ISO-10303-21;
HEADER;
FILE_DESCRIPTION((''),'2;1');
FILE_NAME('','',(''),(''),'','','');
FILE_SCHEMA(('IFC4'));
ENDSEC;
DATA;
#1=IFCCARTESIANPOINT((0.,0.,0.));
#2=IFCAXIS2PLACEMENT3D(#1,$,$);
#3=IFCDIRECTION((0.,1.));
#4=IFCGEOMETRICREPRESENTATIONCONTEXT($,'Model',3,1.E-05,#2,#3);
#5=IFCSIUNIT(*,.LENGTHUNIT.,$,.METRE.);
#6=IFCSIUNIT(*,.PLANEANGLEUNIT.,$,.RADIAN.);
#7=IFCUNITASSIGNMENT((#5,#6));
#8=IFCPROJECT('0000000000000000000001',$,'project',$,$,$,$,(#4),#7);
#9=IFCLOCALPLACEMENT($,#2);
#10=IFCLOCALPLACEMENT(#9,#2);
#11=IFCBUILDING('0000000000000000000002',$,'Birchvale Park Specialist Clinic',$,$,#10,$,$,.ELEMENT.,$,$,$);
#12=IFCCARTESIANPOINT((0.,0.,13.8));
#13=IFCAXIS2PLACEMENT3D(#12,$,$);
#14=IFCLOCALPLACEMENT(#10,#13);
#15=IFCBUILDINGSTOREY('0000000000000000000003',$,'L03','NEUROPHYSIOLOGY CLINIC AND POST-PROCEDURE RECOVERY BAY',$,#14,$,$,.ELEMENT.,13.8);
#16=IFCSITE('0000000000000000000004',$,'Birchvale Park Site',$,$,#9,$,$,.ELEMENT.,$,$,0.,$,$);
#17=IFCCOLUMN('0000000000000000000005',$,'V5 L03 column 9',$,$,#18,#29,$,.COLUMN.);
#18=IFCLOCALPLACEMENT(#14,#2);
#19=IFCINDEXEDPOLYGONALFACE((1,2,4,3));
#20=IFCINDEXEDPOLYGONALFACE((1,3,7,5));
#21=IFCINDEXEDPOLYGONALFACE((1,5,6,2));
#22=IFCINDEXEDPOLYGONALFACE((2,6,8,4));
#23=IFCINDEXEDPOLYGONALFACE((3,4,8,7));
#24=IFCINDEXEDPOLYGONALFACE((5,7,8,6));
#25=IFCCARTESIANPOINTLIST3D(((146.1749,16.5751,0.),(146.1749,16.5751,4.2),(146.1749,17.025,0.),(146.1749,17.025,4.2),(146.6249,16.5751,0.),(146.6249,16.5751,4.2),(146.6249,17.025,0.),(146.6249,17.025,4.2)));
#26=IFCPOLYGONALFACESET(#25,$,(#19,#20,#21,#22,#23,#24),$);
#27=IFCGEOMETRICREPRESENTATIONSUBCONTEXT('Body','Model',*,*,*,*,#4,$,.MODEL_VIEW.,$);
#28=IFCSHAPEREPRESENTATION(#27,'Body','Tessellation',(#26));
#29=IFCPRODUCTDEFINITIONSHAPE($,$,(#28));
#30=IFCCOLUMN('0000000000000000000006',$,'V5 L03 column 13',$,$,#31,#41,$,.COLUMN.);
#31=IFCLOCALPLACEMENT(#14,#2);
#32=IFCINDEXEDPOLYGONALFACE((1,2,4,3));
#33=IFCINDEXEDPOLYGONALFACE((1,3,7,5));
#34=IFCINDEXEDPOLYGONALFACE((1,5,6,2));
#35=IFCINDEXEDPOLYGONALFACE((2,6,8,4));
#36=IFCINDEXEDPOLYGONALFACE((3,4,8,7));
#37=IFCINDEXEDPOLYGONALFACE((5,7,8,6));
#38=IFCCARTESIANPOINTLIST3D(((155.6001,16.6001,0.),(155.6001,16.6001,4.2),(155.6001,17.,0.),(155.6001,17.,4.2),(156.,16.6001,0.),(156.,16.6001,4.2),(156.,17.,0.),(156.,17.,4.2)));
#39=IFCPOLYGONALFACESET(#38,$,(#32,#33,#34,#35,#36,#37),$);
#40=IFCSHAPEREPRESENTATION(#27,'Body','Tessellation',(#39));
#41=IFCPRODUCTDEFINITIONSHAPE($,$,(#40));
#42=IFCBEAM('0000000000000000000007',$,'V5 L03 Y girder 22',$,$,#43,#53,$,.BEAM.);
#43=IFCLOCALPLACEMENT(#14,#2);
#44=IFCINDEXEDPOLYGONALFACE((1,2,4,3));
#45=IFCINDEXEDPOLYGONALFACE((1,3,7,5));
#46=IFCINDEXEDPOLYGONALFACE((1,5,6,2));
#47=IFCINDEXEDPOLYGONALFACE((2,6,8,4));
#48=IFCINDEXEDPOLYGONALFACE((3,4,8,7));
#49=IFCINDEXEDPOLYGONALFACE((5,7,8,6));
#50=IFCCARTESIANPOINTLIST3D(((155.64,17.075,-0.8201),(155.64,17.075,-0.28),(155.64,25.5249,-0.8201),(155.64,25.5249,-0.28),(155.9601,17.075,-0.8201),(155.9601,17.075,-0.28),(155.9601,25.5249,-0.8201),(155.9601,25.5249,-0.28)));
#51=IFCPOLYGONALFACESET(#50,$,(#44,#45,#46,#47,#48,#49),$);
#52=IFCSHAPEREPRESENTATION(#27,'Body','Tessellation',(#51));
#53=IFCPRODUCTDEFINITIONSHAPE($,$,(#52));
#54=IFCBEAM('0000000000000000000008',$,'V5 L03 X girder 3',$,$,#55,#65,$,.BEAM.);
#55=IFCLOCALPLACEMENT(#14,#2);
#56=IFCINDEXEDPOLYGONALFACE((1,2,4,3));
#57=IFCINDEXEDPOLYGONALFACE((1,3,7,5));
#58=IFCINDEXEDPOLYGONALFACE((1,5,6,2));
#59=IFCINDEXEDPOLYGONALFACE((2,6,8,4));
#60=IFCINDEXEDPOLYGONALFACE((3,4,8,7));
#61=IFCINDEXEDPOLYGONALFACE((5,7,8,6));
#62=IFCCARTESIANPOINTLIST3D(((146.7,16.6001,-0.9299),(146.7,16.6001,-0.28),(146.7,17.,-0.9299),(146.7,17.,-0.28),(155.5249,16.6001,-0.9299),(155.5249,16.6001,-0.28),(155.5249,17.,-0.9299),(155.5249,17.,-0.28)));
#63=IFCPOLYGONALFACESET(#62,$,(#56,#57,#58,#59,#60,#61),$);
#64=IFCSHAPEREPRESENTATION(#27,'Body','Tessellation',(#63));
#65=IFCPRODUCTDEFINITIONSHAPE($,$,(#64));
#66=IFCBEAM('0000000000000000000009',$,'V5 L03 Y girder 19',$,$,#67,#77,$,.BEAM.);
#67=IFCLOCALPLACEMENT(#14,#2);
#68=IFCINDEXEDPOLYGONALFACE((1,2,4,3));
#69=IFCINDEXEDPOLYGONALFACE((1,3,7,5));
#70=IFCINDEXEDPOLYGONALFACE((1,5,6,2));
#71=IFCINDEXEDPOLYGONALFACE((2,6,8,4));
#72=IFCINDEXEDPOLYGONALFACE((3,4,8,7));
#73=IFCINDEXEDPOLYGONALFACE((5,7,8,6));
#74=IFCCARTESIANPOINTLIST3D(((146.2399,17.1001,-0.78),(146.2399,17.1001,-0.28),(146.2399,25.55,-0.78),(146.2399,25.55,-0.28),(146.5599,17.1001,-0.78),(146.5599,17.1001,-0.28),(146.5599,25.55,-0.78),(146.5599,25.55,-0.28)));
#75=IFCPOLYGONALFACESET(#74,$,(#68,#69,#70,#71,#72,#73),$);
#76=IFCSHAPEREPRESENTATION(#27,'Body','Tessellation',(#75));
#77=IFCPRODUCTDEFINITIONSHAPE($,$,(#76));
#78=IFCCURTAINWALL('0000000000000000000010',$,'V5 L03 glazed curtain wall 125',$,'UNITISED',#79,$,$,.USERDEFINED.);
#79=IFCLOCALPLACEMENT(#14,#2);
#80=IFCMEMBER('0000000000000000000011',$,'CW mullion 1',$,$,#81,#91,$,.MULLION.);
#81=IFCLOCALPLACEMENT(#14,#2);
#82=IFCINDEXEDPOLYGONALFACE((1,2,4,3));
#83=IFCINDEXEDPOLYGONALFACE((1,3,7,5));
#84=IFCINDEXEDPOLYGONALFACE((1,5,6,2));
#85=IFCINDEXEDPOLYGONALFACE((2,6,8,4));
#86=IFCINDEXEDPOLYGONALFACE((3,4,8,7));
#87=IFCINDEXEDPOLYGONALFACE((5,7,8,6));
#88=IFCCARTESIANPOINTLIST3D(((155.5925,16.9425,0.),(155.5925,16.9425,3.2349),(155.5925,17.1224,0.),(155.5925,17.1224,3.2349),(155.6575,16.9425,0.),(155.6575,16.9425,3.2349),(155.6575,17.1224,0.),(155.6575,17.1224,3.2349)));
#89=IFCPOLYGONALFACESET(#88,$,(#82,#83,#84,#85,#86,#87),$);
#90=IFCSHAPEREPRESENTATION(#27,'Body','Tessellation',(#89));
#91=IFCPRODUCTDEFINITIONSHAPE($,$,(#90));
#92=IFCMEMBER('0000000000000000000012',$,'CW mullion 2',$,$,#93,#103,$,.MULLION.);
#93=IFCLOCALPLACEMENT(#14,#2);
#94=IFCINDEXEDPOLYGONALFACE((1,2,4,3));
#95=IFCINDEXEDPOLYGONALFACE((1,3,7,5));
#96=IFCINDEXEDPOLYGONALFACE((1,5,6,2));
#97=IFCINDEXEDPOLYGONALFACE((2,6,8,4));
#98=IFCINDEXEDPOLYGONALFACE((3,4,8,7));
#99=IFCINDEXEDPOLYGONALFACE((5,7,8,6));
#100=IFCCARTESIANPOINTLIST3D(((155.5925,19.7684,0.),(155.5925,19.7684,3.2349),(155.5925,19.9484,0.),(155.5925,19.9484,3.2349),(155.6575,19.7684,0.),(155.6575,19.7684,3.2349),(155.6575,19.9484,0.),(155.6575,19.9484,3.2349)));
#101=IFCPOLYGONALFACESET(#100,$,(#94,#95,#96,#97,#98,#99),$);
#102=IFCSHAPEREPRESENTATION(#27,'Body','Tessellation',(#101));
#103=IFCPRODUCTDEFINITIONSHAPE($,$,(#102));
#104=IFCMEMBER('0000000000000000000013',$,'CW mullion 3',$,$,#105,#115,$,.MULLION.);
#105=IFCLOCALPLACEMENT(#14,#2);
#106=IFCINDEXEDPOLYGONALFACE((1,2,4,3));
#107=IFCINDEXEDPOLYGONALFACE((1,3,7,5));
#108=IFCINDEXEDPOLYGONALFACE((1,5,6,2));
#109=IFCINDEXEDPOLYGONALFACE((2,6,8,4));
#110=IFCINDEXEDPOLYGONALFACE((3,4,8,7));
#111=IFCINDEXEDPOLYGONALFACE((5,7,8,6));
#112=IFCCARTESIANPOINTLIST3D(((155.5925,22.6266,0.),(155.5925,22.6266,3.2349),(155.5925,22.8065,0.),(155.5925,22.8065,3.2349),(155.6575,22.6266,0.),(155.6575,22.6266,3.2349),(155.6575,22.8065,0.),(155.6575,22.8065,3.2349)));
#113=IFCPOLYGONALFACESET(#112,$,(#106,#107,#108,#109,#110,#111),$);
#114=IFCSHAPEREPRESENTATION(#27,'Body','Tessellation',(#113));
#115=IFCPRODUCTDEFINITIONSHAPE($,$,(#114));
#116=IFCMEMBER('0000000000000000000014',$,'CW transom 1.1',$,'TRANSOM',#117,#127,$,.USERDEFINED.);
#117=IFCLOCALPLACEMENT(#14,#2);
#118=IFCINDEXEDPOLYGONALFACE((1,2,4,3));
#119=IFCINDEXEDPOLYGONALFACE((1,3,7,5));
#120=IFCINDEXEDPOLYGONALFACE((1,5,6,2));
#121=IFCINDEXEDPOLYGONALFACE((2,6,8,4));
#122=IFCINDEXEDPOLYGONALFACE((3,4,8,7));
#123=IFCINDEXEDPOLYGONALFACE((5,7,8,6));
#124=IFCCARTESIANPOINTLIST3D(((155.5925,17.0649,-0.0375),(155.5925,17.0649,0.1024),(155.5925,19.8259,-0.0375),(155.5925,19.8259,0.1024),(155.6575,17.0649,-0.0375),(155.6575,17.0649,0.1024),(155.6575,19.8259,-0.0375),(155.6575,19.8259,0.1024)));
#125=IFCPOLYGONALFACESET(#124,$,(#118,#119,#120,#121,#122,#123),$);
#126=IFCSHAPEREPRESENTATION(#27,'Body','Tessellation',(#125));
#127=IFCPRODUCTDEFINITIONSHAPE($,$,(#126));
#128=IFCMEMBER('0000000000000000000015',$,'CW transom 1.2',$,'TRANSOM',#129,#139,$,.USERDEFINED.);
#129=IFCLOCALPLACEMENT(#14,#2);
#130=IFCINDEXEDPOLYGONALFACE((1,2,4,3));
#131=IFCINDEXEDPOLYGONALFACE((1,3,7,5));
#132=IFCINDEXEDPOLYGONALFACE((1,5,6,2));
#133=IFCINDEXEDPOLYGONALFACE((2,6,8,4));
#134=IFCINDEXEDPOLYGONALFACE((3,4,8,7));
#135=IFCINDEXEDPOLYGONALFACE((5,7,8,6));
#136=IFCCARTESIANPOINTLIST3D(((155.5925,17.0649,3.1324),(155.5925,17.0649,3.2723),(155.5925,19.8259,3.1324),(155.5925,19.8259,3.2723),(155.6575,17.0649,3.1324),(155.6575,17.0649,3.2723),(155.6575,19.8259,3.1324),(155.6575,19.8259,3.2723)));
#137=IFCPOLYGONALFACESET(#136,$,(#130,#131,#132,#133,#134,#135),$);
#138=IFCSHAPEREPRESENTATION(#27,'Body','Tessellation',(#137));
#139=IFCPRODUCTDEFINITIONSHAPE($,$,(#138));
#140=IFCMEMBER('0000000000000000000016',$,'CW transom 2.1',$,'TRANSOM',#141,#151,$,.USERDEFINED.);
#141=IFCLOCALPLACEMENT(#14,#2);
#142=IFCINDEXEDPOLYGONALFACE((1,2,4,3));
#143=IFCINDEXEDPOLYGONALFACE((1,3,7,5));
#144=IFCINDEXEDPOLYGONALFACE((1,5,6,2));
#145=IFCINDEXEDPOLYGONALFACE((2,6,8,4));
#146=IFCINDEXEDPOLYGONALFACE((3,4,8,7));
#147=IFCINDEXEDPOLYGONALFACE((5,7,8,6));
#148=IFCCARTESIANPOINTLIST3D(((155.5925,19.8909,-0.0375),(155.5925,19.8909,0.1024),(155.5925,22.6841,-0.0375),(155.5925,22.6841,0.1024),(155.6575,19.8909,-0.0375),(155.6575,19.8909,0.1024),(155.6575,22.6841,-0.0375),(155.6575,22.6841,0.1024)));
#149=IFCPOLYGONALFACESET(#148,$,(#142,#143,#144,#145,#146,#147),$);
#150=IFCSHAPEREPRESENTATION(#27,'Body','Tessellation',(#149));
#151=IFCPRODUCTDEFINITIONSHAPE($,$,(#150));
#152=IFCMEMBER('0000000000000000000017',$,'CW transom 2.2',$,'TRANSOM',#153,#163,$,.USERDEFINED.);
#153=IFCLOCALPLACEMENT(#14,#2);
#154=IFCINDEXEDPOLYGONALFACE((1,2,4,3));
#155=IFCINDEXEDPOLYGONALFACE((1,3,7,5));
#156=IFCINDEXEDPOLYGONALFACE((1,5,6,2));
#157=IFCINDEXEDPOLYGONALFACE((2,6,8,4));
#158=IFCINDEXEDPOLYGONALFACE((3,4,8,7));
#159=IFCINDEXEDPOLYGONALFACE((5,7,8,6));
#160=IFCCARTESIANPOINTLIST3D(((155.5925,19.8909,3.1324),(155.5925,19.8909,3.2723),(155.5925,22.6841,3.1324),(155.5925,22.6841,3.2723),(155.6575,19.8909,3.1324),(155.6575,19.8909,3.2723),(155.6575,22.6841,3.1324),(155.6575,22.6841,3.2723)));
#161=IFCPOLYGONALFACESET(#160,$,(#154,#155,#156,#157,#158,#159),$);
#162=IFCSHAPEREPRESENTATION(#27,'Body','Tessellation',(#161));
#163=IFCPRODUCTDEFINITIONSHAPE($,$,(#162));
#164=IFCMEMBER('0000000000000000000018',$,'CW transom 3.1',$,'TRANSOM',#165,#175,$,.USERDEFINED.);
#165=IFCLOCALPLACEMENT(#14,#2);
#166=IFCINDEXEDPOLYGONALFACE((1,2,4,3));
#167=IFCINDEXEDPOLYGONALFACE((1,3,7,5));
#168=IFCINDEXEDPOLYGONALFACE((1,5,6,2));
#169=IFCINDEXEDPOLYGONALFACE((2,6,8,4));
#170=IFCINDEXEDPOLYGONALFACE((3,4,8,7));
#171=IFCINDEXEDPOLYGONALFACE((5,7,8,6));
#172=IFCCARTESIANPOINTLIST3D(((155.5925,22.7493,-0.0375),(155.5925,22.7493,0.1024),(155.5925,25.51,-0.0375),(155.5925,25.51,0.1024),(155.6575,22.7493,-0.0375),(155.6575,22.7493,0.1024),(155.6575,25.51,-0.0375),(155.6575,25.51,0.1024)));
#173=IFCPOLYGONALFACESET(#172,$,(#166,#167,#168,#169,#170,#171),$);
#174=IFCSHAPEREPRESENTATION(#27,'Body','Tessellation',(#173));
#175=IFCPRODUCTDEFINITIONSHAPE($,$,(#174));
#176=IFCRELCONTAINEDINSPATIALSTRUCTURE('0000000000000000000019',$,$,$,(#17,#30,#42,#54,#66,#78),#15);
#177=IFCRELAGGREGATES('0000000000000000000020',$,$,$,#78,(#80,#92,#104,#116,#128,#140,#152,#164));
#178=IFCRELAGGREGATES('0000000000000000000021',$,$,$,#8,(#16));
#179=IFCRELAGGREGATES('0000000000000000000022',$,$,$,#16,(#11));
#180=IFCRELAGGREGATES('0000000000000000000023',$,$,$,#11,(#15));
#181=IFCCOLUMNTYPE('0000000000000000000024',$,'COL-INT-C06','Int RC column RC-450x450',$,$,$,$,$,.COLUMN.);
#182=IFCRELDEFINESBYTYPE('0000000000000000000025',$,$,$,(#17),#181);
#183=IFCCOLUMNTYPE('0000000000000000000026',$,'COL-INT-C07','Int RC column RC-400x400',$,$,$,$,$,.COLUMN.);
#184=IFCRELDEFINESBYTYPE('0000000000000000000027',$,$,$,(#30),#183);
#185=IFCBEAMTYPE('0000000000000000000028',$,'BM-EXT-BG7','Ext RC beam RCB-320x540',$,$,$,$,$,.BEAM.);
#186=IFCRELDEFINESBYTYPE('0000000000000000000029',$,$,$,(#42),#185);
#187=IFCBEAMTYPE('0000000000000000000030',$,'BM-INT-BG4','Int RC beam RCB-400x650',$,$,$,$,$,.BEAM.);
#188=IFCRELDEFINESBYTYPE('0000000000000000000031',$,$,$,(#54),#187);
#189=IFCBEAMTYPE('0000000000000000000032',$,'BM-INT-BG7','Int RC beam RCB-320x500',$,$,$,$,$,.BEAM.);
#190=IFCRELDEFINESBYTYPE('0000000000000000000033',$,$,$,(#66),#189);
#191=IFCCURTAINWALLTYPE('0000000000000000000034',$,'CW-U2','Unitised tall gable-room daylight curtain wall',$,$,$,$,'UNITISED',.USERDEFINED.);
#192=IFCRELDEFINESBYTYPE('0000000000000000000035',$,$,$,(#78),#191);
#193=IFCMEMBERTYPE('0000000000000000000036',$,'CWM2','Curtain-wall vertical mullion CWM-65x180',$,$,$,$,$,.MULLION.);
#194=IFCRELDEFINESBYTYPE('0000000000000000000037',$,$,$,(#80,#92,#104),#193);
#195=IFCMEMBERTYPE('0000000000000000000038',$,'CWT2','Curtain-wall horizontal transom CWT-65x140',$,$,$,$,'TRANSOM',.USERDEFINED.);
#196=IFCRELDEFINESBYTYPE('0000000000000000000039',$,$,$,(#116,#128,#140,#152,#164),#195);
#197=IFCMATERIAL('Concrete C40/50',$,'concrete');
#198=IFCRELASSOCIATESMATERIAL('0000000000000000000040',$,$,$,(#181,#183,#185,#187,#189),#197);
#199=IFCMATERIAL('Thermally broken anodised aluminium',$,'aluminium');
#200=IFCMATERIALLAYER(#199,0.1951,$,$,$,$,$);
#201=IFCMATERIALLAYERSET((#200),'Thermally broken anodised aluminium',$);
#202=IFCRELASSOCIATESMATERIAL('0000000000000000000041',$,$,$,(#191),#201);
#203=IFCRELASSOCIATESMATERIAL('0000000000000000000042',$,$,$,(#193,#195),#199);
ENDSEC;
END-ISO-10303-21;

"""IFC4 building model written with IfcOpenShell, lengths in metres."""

from ifc_helpers import new_model, si_unit, direction, frame, origin, origin_2d, place, context, subcontext, project, spatial, rectangle, extrude, material, layer, layer_set, material_profile, profile_set, type_object, element, aggregate, save


model = new_model("IFC4")

# Units and contexts
model_context = context("Model", 3, precision=1e-05, world=origin(), true_north=direction((0.0, 1.0)))
body_context = subcontext(model_context, "Body", "Model", "MODEL_VIEW")
ifc_project = project(units=[si_unit("LENGTHUNIT", "METRE"), si_unit("PLANEANGLEUNIT", "RADIAN")], contexts=[model_context])

# Site, building, storey
site_placement = place(None, origin())
site = spatial("IfcSite", under=ifc_project, at=site_placement, Name="Birchvale Park Site", CompositionType="ELEMENT", RefElevation=0.0)
building_placement = place(site_placement, origin())
building = spatial("IfcBuilding", under=site, at=building_placement, Name="Birchvale Park Specialist Clinic", CompositionType="ELEMENT")
storey_placement = place(building_placement, frame((0.0, 0.0, 13.8)))
storey = spatial("IfcBuildingStorey", under=building, at=storey_placement, Name="L03", Description="NEUROPHYSIOLOGY CLINIC AND POST-PROCEDURE RECOVERY BAY", CompositionType="ELEMENT", Elevation=13.8)

# Columns
ifc_material_1 = material(Name="Concrete C40/50", Category="concrete")
ifc_material_profile_1 = material_profile(ifc_material_1, rectangle(XDim=0.45, YDim=0.45, at=origin_2d()), Name="RC-450x450")
ifc_profile_set_1 = profile_set([ifc_material_profile_1], Name="Concrete C40/50")
column_type_1 = type_object("IfcColumnType", Name="COL-INT-C06", Description="Int RC column RC-450x450", PredefinedType="COLUMN", material=ifc_profile_set_1)
column_1_placement = place(storey_placement, frame((146.3999, 16.8, 0.0), z_axis=(0.0, 0.0, 1.0), x_axis=(1.0, 0.0, 0.0)))
element("IfcColumn", 1, at=column_1_placement, inside=storey, type_object=column_type_1, Name="V5 L03 column 9", PredefinedType="COLUMN", context=body_context, shape_type="SweptSolid", body=[
    extrude(rectangle(XDim=0.45, YDim=0.45, at=origin_2d()), origin(), (0.0, 0.0, 1.0), 4.2),
])
ifc_material_profile_2 = material_profile(ifc_material_1, rectangle(XDim=0.3999, YDim=0.3999, at=origin_2d()), Name="RC-400x400")
ifc_profile_set_2 = profile_set([ifc_material_profile_2], Name="Concrete C40/50")
column_type_2 = type_object("IfcColumnType", Name="COL-INT-C07", Description="Int RC column RC-400x400", PredefinedType="COLUMN", material=ifc_profile_set_2)
column_2_placement = place(storey_placement, frame((155.8, 16.8, 0.0), z_axis=(0.0, 0.0, 1.0), x_axis=(1.0, 0.0, 0.0)))
element("IfcColumn", 2, at=column_2_placement, inside=storey, type_object=column_type_2, Name="V5 L03 column 13", PredefinedType="COLUMN", context=body_context, shape_type="SweptSolid", body=[
    extrude(rectangle(XDim=0.3999, YDim=0.3999, at=origin_2d()), origin(), (0.0, 0.0, 1.0), 4.2),
])

# Beams
ifc_material_profile_3 = material_profile(ifc_material_1, rectangle(XDim=0.3201, YDim=0.54, at=origin_2d()), Name="RCB-320x540")
ifc_profile_set_3 = profile_set([ifc_material_profile_3], Name="Concrete C40/50")
beam_type_1 = type_object("IfcBeamType", Name="BM-EXT-BG7", Description="Ext RC beam RCB-320x540", PredefinedType="BEAM", material=ifc_profile_set_3)
beam_1_placement = place(storey_placement, frame((155.8, 17.075, -0.55), z_axis=(0.0, 1.0, 0.0), x_axis=(-1.0, 0.0, 0.0)))
element("IfcBeam", 3, at=beam_1_placement, inside=storey, type_object=beam_type_1, Name="V5 L03 Y girder 22", PredefinedType="BEAM", context=body_context, shape_type="SweptSolid", body=[
    extrude(rectangle(XDim=0.3201, YDim=0.54, at=origin_2d()), origin(), (0.0, 0.0, 1.0), 8.45),
])
ifc_material_profile_4 = material_profile(ifc_material_1, rectangle(XDim=0.3999, YDim=0.6499, at=origin_2d()), Name="RCB-400x650")
ifc_profile_set_4 = profile_set([ifc_material_profile_4], Name="Concrete C40/50")
beam_type_2 = type_object("IfcBeamType", Name="BM-INT-BG4", Description="Int RC beam RCB-400x650", PredefinedType="BEAM", material=ifc_profile_set_4)
beam_2_placement = place(storey_placement, frame((146.7, 16.8, -0.605), z_axis=(1.0, 0.0, 0.0), x_axis=(0.0, 1.0, 0.0)))
element("IfcBeam", 4, at=beam_2_placement, inside=storey, type_object=beam_type_2, Name="V5 L03 X girder 3", PredefinedType="BEAM", context=body_context, shape_type="SweptSolid", body=[
    extrude(rectangle(XDim=0.3999, YDim=0.6499, at=origin_2d()), origin(), (0.0, 0.0, 1.0), 8.825),
])
ifc_material_profile_5 = material_profile(ifc_material_1, rectangle(XDim=0.3201, YDim=0.5, at=origin_2d()), Name="RCB-320x500")
ifc_profile_set_5 = profile_set([ifc_material_profile_5], Name="Concrete C40/50")
beam_type_3 = type_object("IfcBeamType", Name="BM-INT-BG7", Description="Int RC beam RCB-320x500", PredefinedType="BEAM", material=ifc_profile_set_5)
beam_3_placement = place(storey_placement, frame((146.3999, 17.1001, -0.53), z_axis=(0.0, 1.0, 0.0), x_axis=(-1.0, 0.0, 0.0)))
element("IfcBeam", 5, at=beam_3_placement, inside=storey, type_object=beam_type_3, Name="V5 L03 Y girder 19", PredefinedType="BEAM", context=body_context, shape_type="SweptSolid", body=[
    extrude(rectangle(XDim=0.3201, YDim=0.5, at=origin_2d()), origin(), (0.0, 0.0, 1.0), 8.45),
])

# Curtain wall, members
ifc_material_2 = material(Name="Thermally broken anodised aluminium", Category="aluminium")
ifc_layer_1 = layer(ifc_material_2, 0.1951)
ifc_layer_set_1 = layer_set([ifc_layer_1], Name="Thermally broken anodised aluminium")
curtain_wall_type = type_object("IfcCurtainWallType", Name="CW-U2", Description="Unitised tall gable-room daylight curtain wall", ElementType="UNITISED", PredefinedType="USERDEFINED", material=ifc_layer_set_1)
curtain_wall_placement = place(storey_placement, origin())
curtain_wall = element("IfcCurtainWall", 6, at=curtain_wall_placement, inside=storey, type_object=curtain_wall_type, Name="V5 L03 glazed curtain wall 125", ObjectType="UNITISED", PredefinedType="USERDEFINED")
ifc_material_profile_6 = material_profile(ifc_material_2, rectangle(XDim=0.0649, YDim=0.1799, at=origin_2d()), Name="CWM-65x180")
ifc_profile_set_6 = profile_set([ifc_material_profile_6], Name="Thermally broken anodised aluminium")
member_type_1 = type_object("IfcMemberType", Name="CWM2", Description="Curtain-wall vertical mullion CWM-65x180", PredefinedType="MULLION", material=ifc_profile_set_6)
member_1_placement = place(storey_placement, frame((155.625, 17.0325, 0.0), z_axis=(0.0, 0.0, 1.0), x_axis=(-1.0, 0.0, 0.0)))
member_1 = element("IfcMember", 7, at=member_1_placement, type_object=member_type_1, Name="CW mullion 1", PredefinedType="MULLION", context=body_context, shape_type="SweptSolid", body=[
    extrude(rectangle(XDim=0.0649, YDim=0.1799, at=origin_2d()), origin(), (0.0, 0.0, 1.0), 3.2349),
])
member_2_placement = place(storey_placement, frame((155.625, 19.8584, 0.0), z_axis=(0.0, 0.0, 1.0), x_axis=(-1.0, 0.0, 0.0)))
member_2 = element("IfcMember", 8, at=member_2_placement, type_object=member_type_1, Name="CW mullion 2", PredefinedType="MULLION", context=body_context, shape_type="SweptSolid", body=[
    extrude(rectangle(XDim=0.0649, YDim=0.1799, at=origin_2d()), origin(), (0.0, 0.0, 1.0), 3.2349),
])
member_3_placement = place(storey_placement, frame((155.625, 22.7166, 0.0), z_axis=(0.0, 0.0, 1.0), x_axis=(-1.0, 0.0, 0.0)))
member_3 = element("IfcMember", 9, at=member_3_placement, type_object=member_type_1, Name="CW mullion 3", PredefinedType="MULLION", context=body_context, shape_type="SweptSolid", body=[
    extrude(rectangle(XDim=0.0649, YDim=0.1799, at=origin_2d()), origin(), (0.0, 0.0, 1.0), 3.2349),
])
ifc_material_profile_7 = material_profile(ifc_material_2, rectangle(XDim=0.0649, YDim=0.1399, at=origin_2d()), Name="CWT-65x140")
ifc_profile_set_7 = profile_set([ifc_material_profile_7], Name="Thermally broken anodised aluminium")
member_type_2 = type_object("IfcMemberType", Name="CWT2", Description="Curtain-wall horizontal transom CWT-65x140", ElementType="TRANSOM", PredefinedType="USERDEFINED", material=ifc_profile_set_7)
member_4_placement = place(storey_placement, frame((155.625, 17.0649, 0.0325), z_axis=(0.0, 1.0, 0.0), x_axis=(-1.0, 0.0, 0.0)))
member_4 = element("IfcMember", 10, at=member_4_placement, type_object=member_type_2, Name="CW transom 1.1", ObjectType="TRANSOM", PredefinedType="USERDEFINED", context=body_context, shape_type="SweptSolid", body=[
    extrude(rectangle(XDim=0.0649, YDim=0.1399, at=origin_2d()), origin(), (0.0, 0.0, 1.0), 2.761),
])
member_5_placement = place(storey_placement, frame((155.625, 17.0649, 3.2024), z_axis=(0.0, 1.0, 0.0), x_axis=(-1.0, 0.0, 0.0)))
member_5 = element("IfcMember", 11, at=member_5_placement, type_object=member_type_2, Name="CW transom 1.2", ObjectType="TRANSOM", PredefinedType="USERDEFINED", context=body_context, shape_type="SweptSolid", body=[
    extrude(rectangle(XDim=0.0649, YDim=0.1399, at=origin_2d()), origin(), (0.0, 0.0, 1.0), 2.761),
])
member_6_placement = place(storey_placement, frame((155.625, 19.8909, 0.0325), z_axis=(0.0, 1.0, 0.0), x_axis=(-1.0, 0.0, 0.0)))
member_6 = element("IfcMember", 12, at=member_6_placement, type_object=member_type_2, Name="CW transom 2.1", ObjectType="TRANSOM", PredefinedType="USERDEFINED", context=body_context, shape_type="SweptSolid", body=[
    extrude(rectangle(XDim=0.0649, YDim=0.1399, at=origin_2d()), origin(), (0.0, 0.0, 1.0), 2.7932),
])
member_7_placement = place(storey_placement, frame((155.625, 19.8909, 3.2024), z_axis=(0.0, 1.0, 0.0), x_axis=(-1.0, 0.0, 0.0)))
member_7 = element("IfcMember", 13, at=member_7_placement, type_object=member_type_2, Name="CW transom 2.2", ObjectType="TRANSOM", PredefinedType="USERDEFINED", context=body_context, shape_type="SweptSolid", body=[
    extrude(rectangle(XDim=0.0649, YDim=0.1399, at=origin_2d()), origin(), (0.0, 0.0, 1.0), 2.7932),
])
member_8_placement = place(storey_placement, frame((155.625, 22.7493, 0.0325), z_axis=(0.0, 1.0, 0.0), x_axis=(-1.0, 0.0, 0.0)))
member_8 = element("IfcMember", 14, at=member_8_placement, type_object=member_type_2, Name="CW transom 3.1", ObjectType="TRANSOM", PredefinedType="USERDEFINED", context=body_context, shape_type="SweptSolid", body=[
    extrude(rectangle(XDim=0.0649, YDim=0.1399, at=origin_2d()), origin(), (0.0, 0.0, 1.0), 2.7607),
])

aggregate(curtain_wall, [member_1, member_2, member_3, member_4, member_5, member_6, member_7, member_8])

save(model, "model.ifc")
